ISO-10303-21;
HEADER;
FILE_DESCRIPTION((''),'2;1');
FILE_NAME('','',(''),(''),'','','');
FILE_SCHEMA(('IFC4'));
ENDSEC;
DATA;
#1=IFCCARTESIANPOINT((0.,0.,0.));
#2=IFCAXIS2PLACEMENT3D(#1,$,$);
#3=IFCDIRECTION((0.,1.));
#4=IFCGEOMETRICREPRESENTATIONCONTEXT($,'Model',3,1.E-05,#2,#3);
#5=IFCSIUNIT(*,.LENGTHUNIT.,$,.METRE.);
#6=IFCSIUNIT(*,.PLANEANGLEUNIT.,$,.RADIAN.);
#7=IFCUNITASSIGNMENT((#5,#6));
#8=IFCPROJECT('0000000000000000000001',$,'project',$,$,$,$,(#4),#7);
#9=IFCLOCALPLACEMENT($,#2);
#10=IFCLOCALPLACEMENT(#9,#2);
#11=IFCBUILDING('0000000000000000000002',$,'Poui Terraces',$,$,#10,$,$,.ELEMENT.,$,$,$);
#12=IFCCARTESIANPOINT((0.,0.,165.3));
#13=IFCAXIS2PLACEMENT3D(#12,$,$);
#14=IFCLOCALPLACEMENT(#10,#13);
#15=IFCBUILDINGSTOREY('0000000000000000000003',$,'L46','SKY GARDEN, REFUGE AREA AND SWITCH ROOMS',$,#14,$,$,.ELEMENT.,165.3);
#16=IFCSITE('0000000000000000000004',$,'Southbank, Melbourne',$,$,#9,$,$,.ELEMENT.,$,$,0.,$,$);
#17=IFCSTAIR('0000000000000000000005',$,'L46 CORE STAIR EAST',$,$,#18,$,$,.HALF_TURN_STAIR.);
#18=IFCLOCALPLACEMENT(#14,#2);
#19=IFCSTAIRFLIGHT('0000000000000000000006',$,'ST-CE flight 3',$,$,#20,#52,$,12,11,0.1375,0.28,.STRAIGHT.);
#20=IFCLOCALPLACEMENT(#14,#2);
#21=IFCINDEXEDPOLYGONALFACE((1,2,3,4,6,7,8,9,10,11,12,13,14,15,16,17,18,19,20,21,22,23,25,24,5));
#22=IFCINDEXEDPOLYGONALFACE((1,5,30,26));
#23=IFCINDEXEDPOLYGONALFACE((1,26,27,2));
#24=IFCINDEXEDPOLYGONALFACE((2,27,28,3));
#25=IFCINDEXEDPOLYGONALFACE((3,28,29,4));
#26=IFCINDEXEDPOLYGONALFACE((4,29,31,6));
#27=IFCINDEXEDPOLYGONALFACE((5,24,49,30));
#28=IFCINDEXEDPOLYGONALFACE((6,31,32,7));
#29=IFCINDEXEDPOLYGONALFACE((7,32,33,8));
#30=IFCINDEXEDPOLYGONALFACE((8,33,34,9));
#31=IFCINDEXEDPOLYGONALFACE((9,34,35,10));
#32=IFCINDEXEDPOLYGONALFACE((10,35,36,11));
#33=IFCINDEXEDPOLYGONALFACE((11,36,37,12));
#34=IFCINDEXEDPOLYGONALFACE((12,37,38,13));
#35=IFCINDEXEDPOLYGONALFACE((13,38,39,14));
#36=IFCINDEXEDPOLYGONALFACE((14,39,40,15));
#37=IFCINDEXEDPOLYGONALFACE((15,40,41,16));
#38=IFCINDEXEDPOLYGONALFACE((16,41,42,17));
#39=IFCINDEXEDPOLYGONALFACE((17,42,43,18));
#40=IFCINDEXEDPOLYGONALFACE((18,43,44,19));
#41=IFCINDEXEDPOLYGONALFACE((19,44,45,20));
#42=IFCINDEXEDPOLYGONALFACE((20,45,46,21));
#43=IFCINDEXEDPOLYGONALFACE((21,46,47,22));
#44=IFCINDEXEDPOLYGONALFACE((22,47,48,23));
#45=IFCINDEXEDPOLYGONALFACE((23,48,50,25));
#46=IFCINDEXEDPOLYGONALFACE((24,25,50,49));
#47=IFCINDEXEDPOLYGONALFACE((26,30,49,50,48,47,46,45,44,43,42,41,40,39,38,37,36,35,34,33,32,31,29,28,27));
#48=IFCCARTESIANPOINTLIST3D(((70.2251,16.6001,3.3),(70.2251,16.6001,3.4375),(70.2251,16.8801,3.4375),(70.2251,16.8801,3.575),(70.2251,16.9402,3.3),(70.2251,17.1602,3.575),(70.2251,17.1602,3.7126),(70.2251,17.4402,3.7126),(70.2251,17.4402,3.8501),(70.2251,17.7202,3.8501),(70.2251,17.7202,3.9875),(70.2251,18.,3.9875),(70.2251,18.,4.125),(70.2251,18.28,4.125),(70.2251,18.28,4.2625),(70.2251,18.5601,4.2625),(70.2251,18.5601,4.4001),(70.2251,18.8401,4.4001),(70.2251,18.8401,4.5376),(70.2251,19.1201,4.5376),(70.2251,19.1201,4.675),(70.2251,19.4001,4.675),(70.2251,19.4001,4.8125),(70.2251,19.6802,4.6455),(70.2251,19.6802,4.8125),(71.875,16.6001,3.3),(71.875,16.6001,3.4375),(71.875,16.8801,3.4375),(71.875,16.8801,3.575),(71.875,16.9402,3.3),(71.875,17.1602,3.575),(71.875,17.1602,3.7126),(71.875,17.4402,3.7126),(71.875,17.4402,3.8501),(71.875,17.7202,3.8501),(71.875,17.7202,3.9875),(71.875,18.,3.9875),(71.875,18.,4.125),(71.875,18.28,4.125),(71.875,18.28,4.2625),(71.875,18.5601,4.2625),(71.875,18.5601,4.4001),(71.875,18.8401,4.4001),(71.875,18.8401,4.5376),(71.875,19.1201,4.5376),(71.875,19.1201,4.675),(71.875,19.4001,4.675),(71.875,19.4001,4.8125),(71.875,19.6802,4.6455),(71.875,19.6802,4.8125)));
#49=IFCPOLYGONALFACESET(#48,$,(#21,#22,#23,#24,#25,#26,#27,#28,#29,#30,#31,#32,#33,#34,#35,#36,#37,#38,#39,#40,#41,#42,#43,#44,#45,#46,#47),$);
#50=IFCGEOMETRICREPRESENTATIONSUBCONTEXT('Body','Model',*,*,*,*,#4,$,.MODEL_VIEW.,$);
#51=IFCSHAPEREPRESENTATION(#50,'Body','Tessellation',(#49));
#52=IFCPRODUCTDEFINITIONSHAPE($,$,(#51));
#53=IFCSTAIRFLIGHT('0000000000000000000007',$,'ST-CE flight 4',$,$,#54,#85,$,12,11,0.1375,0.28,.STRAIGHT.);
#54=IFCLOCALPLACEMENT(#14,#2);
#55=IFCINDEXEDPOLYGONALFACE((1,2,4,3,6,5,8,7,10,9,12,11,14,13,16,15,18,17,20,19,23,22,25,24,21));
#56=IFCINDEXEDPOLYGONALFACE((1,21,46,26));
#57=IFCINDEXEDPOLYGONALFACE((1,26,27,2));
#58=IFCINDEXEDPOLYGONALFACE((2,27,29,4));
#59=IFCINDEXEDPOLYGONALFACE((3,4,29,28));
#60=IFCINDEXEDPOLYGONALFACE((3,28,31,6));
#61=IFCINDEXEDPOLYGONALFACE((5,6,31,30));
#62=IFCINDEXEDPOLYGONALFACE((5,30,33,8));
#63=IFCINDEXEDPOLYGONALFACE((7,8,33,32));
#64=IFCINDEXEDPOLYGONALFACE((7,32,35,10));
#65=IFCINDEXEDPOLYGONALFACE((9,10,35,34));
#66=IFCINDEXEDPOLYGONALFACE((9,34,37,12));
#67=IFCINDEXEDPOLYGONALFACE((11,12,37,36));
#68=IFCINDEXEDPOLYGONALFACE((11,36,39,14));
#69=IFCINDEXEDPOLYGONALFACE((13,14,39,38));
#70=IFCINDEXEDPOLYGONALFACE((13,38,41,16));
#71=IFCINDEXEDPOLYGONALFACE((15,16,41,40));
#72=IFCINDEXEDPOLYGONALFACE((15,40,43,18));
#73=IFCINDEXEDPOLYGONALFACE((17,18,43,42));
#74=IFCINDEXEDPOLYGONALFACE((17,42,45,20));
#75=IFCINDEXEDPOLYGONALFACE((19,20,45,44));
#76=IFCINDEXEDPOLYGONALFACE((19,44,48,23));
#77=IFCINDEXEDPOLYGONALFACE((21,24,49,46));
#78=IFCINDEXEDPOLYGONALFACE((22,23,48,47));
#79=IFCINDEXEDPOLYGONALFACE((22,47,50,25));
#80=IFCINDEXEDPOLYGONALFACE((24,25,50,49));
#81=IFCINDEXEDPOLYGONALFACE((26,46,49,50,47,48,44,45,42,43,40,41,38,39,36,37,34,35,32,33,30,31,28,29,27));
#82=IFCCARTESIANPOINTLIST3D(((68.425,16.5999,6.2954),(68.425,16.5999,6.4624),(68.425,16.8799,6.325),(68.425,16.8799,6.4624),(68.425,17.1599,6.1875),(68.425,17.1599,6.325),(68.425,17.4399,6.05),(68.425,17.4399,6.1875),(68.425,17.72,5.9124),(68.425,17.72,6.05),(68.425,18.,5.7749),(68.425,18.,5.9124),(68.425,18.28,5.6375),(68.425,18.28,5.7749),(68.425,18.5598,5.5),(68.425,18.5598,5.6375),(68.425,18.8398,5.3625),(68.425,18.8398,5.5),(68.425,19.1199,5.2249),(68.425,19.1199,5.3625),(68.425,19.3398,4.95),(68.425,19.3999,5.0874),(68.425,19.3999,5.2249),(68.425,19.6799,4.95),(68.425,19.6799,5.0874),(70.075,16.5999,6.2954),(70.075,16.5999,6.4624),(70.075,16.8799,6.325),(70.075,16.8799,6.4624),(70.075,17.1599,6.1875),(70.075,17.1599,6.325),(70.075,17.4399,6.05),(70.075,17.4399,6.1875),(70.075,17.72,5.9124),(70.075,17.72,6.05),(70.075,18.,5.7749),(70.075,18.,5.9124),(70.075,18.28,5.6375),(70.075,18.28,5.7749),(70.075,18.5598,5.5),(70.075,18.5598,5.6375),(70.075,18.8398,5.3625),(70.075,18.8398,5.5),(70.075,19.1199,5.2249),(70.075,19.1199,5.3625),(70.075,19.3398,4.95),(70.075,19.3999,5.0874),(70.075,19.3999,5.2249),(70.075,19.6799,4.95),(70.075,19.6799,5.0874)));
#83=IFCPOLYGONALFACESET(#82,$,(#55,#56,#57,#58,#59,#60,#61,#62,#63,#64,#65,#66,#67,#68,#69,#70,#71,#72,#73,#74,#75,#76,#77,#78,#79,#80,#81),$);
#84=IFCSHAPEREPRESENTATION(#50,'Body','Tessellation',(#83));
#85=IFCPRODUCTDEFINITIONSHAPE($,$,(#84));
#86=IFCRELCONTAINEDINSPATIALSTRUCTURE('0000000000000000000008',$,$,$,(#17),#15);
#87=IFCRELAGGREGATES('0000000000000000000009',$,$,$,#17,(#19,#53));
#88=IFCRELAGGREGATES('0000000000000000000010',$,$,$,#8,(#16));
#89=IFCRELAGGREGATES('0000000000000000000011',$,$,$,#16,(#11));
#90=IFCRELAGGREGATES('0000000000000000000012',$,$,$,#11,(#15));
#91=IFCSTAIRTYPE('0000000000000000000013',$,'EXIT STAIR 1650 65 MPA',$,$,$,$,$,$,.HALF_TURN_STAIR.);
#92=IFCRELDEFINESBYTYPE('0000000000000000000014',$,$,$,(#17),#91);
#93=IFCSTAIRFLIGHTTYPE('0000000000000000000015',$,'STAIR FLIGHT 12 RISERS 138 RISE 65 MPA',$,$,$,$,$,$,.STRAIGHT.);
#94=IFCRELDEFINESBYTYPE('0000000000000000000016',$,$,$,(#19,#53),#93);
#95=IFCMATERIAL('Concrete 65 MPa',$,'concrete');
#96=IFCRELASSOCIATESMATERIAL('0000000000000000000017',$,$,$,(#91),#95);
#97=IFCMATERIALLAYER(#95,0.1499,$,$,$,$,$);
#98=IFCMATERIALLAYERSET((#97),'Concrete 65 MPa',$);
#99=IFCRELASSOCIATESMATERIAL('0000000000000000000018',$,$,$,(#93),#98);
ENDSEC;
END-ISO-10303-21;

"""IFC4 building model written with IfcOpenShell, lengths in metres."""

from ifc_helpers import new_model, si_unit, direction, frame, origin, place, context, subcontext, project, spatial, polyline, outline, extrude, material, layer, layer_set, type_object, element, aggregate, save


model = new_model("IFC4")

# Units and contexts
model_context = context("Model", 3, precision=1e-05, world=origin(), true_north=direction((0.0, 1.0)))
body_context = subcontext(model_context, "Body", "Model", "MODEL_VIEW")
ifc_project = project(units=[si_unit("LENGTHUNIT", "METRE"), si_unit("PLANEANGLEUNIT", "RADIAN")], contexts=[model_context])

# Site, building, storey
site_placement = place(None, origin())
site = spatial("IfcSite", under=ifc_project, at=site_placement, Name="Southbank, Melbourne", CompositionType="ELEMENT", RefElevation=0.0)
building_placement = place(site_placement, origin())
building = spatial("IfcBuilding", under=site, at=building_placement, Name="Poui Terraces", CompositionType="ELEMENT")
storey_placement = place(building_placement, frame((0.0, 0.0, 165.3)))
storey = spatial("IfcBuildingStorey", under=building, at=storey_placement, Name="L46", Description="SKY GARDEN, REFUGE AREA AND SWITCH ROOMS", CompositionType="ELEMENT", Elevation=165.3)

# Shared definitions
ifc_material_1 = material(Name="Concrete 65 MPa", Category="concrete")

# Stair, stair flights
stair_type = type_object("IfcStairType", Name="EXIT STAIR 1650 65 MPA", PredefinedType="HALF_TURN_STAIR", material=ifc_material_1)
stair_placement = place(storey_placement, origin())
stair = element("IfcStair", 1, at=stair_placement, inside=storey, type_object=stair_type, Name="L46 CORE STAIR EAST", PredefinedType="HALF_TURN_STAIR")
ifc_layer_1 = layer(ifc_material_1, 0.1499)
ifc_layer_set_1 = layer_set([ifc_layer_1], Name="Concrete 65 MPa")
stair_flight_type = type_object("IfcStairFlightType", Name="STAIR FLIGHT 12 RISERS 138 RISE 65 MPA", PredefinedType="STRAIGHT", material=ifc_layer_set_1)
stair_flight_1_placement = place(storey_placement, frame((71.05, 16.6001, 3.3), z_axis=(0.0, 0.0, 1.0), x_axis=(0.0, 1.0, 0.0)))
stair_flight_1 = element("IfcStairFlight", 2, at=stair_flight_1_placement, type_object=stair_flight_type, Name="ST-CE flight 3", NumberOfRisers=12, NumberOfTreads=11, PredefinedType="STRAIGHT", RiserHeight=0.1375, TreadLength=0.28, context=body_context, shape_type="SweptSolid", body=[
    extrude(outline(polyline([(0.0, 0.0), (0.0, 0.1375), (0.28, 0.1375), (0.28, 0.2749), (0.5601, 0.2749), (0.5601, 0.4126), (0.8401, 0.4126), (0.8401, 0.55), (1.1201, 0.55), (1.1201, 0.6875), (1.3999, 0.6875), (1.3999, 0.825), (1.6799, 0.825), (1.6799, 0.9624), (1.96, 0.9624), (1.96, 1.1001), (2.24, 1.1001), (2.24, 1.2375), (2.52, 1.2375), (2.52, 1.375), (2.8, 1.375), (2.8, 1.5125), (3.0801, 1.5125), (3.0801, 1.6499), (3.0801, 1.3455), (0.3401, 0.0), (0.0, 0.0)])), frame((0.0, 0.825, 0.0), z_axis=(0.0, -1.0, 0.0), x_axis=(1.0, 0.0, 0.0)), (0.0, 0.0, 1.0), 1.6499),
])
stair_flight_2_placement = place(storey_placement, frame((69.25, 19.6799, 4.95), z_axis=(0.0, 0.0, 1.0), x_axis=(0.0, -1.0, 0.0)))
stair_flight_2 = element("IfcStairFlight", 3, at=stair_flight_2_placement, type_object=stair_flight_type, Name="ST-CE flight 4", NumberOfRisers=12, NumberOfTreads=11, PredefinedType="STRAIGHT", RiserHeight=0.1375, TreadLength=0.28, context=body_context, shape_type="SweptSolid", body=[
    extrude(outline(polyline([(0.0, 0.0), (0.0, 0.1375), (0.28, 0.1375), (0.28, 0.2749), (0.5601, 0.2749), (0.5601, 0.4126), (0.8401, 0.4126), (0.8401, 0.55), (1.1201, 0.55), (1.1201, 0.6875), (1.3999, 0.6875), (1.3999, 0.825), (1.6799, 0.825), (1.6799, 0.9624), (1.96, 0.9624), (1.96, 1.1001), (2.24, 1.1001), (2.24, 1.2375), (2.52, 1.2375), (2.52, 1.375), (2.8, 1.375), (2.8, 1.5125), (3.0801, 1.5125), (3.0801, 1.6499), (3.0801, 1.3455), (0.3401, 0.0), (0.0, 0.0)])), frame((0.0, 0.825, 0.0), z_axis=(0.0, -1.0, 0.0), x_axis=(1.0, 0.0, 0.0)), (0.0, 0.0, 1.0), 1.6499),
])
aggregate(stair, [stair_flight_1, stair_flight_2])

save(model, "model.ifc")
